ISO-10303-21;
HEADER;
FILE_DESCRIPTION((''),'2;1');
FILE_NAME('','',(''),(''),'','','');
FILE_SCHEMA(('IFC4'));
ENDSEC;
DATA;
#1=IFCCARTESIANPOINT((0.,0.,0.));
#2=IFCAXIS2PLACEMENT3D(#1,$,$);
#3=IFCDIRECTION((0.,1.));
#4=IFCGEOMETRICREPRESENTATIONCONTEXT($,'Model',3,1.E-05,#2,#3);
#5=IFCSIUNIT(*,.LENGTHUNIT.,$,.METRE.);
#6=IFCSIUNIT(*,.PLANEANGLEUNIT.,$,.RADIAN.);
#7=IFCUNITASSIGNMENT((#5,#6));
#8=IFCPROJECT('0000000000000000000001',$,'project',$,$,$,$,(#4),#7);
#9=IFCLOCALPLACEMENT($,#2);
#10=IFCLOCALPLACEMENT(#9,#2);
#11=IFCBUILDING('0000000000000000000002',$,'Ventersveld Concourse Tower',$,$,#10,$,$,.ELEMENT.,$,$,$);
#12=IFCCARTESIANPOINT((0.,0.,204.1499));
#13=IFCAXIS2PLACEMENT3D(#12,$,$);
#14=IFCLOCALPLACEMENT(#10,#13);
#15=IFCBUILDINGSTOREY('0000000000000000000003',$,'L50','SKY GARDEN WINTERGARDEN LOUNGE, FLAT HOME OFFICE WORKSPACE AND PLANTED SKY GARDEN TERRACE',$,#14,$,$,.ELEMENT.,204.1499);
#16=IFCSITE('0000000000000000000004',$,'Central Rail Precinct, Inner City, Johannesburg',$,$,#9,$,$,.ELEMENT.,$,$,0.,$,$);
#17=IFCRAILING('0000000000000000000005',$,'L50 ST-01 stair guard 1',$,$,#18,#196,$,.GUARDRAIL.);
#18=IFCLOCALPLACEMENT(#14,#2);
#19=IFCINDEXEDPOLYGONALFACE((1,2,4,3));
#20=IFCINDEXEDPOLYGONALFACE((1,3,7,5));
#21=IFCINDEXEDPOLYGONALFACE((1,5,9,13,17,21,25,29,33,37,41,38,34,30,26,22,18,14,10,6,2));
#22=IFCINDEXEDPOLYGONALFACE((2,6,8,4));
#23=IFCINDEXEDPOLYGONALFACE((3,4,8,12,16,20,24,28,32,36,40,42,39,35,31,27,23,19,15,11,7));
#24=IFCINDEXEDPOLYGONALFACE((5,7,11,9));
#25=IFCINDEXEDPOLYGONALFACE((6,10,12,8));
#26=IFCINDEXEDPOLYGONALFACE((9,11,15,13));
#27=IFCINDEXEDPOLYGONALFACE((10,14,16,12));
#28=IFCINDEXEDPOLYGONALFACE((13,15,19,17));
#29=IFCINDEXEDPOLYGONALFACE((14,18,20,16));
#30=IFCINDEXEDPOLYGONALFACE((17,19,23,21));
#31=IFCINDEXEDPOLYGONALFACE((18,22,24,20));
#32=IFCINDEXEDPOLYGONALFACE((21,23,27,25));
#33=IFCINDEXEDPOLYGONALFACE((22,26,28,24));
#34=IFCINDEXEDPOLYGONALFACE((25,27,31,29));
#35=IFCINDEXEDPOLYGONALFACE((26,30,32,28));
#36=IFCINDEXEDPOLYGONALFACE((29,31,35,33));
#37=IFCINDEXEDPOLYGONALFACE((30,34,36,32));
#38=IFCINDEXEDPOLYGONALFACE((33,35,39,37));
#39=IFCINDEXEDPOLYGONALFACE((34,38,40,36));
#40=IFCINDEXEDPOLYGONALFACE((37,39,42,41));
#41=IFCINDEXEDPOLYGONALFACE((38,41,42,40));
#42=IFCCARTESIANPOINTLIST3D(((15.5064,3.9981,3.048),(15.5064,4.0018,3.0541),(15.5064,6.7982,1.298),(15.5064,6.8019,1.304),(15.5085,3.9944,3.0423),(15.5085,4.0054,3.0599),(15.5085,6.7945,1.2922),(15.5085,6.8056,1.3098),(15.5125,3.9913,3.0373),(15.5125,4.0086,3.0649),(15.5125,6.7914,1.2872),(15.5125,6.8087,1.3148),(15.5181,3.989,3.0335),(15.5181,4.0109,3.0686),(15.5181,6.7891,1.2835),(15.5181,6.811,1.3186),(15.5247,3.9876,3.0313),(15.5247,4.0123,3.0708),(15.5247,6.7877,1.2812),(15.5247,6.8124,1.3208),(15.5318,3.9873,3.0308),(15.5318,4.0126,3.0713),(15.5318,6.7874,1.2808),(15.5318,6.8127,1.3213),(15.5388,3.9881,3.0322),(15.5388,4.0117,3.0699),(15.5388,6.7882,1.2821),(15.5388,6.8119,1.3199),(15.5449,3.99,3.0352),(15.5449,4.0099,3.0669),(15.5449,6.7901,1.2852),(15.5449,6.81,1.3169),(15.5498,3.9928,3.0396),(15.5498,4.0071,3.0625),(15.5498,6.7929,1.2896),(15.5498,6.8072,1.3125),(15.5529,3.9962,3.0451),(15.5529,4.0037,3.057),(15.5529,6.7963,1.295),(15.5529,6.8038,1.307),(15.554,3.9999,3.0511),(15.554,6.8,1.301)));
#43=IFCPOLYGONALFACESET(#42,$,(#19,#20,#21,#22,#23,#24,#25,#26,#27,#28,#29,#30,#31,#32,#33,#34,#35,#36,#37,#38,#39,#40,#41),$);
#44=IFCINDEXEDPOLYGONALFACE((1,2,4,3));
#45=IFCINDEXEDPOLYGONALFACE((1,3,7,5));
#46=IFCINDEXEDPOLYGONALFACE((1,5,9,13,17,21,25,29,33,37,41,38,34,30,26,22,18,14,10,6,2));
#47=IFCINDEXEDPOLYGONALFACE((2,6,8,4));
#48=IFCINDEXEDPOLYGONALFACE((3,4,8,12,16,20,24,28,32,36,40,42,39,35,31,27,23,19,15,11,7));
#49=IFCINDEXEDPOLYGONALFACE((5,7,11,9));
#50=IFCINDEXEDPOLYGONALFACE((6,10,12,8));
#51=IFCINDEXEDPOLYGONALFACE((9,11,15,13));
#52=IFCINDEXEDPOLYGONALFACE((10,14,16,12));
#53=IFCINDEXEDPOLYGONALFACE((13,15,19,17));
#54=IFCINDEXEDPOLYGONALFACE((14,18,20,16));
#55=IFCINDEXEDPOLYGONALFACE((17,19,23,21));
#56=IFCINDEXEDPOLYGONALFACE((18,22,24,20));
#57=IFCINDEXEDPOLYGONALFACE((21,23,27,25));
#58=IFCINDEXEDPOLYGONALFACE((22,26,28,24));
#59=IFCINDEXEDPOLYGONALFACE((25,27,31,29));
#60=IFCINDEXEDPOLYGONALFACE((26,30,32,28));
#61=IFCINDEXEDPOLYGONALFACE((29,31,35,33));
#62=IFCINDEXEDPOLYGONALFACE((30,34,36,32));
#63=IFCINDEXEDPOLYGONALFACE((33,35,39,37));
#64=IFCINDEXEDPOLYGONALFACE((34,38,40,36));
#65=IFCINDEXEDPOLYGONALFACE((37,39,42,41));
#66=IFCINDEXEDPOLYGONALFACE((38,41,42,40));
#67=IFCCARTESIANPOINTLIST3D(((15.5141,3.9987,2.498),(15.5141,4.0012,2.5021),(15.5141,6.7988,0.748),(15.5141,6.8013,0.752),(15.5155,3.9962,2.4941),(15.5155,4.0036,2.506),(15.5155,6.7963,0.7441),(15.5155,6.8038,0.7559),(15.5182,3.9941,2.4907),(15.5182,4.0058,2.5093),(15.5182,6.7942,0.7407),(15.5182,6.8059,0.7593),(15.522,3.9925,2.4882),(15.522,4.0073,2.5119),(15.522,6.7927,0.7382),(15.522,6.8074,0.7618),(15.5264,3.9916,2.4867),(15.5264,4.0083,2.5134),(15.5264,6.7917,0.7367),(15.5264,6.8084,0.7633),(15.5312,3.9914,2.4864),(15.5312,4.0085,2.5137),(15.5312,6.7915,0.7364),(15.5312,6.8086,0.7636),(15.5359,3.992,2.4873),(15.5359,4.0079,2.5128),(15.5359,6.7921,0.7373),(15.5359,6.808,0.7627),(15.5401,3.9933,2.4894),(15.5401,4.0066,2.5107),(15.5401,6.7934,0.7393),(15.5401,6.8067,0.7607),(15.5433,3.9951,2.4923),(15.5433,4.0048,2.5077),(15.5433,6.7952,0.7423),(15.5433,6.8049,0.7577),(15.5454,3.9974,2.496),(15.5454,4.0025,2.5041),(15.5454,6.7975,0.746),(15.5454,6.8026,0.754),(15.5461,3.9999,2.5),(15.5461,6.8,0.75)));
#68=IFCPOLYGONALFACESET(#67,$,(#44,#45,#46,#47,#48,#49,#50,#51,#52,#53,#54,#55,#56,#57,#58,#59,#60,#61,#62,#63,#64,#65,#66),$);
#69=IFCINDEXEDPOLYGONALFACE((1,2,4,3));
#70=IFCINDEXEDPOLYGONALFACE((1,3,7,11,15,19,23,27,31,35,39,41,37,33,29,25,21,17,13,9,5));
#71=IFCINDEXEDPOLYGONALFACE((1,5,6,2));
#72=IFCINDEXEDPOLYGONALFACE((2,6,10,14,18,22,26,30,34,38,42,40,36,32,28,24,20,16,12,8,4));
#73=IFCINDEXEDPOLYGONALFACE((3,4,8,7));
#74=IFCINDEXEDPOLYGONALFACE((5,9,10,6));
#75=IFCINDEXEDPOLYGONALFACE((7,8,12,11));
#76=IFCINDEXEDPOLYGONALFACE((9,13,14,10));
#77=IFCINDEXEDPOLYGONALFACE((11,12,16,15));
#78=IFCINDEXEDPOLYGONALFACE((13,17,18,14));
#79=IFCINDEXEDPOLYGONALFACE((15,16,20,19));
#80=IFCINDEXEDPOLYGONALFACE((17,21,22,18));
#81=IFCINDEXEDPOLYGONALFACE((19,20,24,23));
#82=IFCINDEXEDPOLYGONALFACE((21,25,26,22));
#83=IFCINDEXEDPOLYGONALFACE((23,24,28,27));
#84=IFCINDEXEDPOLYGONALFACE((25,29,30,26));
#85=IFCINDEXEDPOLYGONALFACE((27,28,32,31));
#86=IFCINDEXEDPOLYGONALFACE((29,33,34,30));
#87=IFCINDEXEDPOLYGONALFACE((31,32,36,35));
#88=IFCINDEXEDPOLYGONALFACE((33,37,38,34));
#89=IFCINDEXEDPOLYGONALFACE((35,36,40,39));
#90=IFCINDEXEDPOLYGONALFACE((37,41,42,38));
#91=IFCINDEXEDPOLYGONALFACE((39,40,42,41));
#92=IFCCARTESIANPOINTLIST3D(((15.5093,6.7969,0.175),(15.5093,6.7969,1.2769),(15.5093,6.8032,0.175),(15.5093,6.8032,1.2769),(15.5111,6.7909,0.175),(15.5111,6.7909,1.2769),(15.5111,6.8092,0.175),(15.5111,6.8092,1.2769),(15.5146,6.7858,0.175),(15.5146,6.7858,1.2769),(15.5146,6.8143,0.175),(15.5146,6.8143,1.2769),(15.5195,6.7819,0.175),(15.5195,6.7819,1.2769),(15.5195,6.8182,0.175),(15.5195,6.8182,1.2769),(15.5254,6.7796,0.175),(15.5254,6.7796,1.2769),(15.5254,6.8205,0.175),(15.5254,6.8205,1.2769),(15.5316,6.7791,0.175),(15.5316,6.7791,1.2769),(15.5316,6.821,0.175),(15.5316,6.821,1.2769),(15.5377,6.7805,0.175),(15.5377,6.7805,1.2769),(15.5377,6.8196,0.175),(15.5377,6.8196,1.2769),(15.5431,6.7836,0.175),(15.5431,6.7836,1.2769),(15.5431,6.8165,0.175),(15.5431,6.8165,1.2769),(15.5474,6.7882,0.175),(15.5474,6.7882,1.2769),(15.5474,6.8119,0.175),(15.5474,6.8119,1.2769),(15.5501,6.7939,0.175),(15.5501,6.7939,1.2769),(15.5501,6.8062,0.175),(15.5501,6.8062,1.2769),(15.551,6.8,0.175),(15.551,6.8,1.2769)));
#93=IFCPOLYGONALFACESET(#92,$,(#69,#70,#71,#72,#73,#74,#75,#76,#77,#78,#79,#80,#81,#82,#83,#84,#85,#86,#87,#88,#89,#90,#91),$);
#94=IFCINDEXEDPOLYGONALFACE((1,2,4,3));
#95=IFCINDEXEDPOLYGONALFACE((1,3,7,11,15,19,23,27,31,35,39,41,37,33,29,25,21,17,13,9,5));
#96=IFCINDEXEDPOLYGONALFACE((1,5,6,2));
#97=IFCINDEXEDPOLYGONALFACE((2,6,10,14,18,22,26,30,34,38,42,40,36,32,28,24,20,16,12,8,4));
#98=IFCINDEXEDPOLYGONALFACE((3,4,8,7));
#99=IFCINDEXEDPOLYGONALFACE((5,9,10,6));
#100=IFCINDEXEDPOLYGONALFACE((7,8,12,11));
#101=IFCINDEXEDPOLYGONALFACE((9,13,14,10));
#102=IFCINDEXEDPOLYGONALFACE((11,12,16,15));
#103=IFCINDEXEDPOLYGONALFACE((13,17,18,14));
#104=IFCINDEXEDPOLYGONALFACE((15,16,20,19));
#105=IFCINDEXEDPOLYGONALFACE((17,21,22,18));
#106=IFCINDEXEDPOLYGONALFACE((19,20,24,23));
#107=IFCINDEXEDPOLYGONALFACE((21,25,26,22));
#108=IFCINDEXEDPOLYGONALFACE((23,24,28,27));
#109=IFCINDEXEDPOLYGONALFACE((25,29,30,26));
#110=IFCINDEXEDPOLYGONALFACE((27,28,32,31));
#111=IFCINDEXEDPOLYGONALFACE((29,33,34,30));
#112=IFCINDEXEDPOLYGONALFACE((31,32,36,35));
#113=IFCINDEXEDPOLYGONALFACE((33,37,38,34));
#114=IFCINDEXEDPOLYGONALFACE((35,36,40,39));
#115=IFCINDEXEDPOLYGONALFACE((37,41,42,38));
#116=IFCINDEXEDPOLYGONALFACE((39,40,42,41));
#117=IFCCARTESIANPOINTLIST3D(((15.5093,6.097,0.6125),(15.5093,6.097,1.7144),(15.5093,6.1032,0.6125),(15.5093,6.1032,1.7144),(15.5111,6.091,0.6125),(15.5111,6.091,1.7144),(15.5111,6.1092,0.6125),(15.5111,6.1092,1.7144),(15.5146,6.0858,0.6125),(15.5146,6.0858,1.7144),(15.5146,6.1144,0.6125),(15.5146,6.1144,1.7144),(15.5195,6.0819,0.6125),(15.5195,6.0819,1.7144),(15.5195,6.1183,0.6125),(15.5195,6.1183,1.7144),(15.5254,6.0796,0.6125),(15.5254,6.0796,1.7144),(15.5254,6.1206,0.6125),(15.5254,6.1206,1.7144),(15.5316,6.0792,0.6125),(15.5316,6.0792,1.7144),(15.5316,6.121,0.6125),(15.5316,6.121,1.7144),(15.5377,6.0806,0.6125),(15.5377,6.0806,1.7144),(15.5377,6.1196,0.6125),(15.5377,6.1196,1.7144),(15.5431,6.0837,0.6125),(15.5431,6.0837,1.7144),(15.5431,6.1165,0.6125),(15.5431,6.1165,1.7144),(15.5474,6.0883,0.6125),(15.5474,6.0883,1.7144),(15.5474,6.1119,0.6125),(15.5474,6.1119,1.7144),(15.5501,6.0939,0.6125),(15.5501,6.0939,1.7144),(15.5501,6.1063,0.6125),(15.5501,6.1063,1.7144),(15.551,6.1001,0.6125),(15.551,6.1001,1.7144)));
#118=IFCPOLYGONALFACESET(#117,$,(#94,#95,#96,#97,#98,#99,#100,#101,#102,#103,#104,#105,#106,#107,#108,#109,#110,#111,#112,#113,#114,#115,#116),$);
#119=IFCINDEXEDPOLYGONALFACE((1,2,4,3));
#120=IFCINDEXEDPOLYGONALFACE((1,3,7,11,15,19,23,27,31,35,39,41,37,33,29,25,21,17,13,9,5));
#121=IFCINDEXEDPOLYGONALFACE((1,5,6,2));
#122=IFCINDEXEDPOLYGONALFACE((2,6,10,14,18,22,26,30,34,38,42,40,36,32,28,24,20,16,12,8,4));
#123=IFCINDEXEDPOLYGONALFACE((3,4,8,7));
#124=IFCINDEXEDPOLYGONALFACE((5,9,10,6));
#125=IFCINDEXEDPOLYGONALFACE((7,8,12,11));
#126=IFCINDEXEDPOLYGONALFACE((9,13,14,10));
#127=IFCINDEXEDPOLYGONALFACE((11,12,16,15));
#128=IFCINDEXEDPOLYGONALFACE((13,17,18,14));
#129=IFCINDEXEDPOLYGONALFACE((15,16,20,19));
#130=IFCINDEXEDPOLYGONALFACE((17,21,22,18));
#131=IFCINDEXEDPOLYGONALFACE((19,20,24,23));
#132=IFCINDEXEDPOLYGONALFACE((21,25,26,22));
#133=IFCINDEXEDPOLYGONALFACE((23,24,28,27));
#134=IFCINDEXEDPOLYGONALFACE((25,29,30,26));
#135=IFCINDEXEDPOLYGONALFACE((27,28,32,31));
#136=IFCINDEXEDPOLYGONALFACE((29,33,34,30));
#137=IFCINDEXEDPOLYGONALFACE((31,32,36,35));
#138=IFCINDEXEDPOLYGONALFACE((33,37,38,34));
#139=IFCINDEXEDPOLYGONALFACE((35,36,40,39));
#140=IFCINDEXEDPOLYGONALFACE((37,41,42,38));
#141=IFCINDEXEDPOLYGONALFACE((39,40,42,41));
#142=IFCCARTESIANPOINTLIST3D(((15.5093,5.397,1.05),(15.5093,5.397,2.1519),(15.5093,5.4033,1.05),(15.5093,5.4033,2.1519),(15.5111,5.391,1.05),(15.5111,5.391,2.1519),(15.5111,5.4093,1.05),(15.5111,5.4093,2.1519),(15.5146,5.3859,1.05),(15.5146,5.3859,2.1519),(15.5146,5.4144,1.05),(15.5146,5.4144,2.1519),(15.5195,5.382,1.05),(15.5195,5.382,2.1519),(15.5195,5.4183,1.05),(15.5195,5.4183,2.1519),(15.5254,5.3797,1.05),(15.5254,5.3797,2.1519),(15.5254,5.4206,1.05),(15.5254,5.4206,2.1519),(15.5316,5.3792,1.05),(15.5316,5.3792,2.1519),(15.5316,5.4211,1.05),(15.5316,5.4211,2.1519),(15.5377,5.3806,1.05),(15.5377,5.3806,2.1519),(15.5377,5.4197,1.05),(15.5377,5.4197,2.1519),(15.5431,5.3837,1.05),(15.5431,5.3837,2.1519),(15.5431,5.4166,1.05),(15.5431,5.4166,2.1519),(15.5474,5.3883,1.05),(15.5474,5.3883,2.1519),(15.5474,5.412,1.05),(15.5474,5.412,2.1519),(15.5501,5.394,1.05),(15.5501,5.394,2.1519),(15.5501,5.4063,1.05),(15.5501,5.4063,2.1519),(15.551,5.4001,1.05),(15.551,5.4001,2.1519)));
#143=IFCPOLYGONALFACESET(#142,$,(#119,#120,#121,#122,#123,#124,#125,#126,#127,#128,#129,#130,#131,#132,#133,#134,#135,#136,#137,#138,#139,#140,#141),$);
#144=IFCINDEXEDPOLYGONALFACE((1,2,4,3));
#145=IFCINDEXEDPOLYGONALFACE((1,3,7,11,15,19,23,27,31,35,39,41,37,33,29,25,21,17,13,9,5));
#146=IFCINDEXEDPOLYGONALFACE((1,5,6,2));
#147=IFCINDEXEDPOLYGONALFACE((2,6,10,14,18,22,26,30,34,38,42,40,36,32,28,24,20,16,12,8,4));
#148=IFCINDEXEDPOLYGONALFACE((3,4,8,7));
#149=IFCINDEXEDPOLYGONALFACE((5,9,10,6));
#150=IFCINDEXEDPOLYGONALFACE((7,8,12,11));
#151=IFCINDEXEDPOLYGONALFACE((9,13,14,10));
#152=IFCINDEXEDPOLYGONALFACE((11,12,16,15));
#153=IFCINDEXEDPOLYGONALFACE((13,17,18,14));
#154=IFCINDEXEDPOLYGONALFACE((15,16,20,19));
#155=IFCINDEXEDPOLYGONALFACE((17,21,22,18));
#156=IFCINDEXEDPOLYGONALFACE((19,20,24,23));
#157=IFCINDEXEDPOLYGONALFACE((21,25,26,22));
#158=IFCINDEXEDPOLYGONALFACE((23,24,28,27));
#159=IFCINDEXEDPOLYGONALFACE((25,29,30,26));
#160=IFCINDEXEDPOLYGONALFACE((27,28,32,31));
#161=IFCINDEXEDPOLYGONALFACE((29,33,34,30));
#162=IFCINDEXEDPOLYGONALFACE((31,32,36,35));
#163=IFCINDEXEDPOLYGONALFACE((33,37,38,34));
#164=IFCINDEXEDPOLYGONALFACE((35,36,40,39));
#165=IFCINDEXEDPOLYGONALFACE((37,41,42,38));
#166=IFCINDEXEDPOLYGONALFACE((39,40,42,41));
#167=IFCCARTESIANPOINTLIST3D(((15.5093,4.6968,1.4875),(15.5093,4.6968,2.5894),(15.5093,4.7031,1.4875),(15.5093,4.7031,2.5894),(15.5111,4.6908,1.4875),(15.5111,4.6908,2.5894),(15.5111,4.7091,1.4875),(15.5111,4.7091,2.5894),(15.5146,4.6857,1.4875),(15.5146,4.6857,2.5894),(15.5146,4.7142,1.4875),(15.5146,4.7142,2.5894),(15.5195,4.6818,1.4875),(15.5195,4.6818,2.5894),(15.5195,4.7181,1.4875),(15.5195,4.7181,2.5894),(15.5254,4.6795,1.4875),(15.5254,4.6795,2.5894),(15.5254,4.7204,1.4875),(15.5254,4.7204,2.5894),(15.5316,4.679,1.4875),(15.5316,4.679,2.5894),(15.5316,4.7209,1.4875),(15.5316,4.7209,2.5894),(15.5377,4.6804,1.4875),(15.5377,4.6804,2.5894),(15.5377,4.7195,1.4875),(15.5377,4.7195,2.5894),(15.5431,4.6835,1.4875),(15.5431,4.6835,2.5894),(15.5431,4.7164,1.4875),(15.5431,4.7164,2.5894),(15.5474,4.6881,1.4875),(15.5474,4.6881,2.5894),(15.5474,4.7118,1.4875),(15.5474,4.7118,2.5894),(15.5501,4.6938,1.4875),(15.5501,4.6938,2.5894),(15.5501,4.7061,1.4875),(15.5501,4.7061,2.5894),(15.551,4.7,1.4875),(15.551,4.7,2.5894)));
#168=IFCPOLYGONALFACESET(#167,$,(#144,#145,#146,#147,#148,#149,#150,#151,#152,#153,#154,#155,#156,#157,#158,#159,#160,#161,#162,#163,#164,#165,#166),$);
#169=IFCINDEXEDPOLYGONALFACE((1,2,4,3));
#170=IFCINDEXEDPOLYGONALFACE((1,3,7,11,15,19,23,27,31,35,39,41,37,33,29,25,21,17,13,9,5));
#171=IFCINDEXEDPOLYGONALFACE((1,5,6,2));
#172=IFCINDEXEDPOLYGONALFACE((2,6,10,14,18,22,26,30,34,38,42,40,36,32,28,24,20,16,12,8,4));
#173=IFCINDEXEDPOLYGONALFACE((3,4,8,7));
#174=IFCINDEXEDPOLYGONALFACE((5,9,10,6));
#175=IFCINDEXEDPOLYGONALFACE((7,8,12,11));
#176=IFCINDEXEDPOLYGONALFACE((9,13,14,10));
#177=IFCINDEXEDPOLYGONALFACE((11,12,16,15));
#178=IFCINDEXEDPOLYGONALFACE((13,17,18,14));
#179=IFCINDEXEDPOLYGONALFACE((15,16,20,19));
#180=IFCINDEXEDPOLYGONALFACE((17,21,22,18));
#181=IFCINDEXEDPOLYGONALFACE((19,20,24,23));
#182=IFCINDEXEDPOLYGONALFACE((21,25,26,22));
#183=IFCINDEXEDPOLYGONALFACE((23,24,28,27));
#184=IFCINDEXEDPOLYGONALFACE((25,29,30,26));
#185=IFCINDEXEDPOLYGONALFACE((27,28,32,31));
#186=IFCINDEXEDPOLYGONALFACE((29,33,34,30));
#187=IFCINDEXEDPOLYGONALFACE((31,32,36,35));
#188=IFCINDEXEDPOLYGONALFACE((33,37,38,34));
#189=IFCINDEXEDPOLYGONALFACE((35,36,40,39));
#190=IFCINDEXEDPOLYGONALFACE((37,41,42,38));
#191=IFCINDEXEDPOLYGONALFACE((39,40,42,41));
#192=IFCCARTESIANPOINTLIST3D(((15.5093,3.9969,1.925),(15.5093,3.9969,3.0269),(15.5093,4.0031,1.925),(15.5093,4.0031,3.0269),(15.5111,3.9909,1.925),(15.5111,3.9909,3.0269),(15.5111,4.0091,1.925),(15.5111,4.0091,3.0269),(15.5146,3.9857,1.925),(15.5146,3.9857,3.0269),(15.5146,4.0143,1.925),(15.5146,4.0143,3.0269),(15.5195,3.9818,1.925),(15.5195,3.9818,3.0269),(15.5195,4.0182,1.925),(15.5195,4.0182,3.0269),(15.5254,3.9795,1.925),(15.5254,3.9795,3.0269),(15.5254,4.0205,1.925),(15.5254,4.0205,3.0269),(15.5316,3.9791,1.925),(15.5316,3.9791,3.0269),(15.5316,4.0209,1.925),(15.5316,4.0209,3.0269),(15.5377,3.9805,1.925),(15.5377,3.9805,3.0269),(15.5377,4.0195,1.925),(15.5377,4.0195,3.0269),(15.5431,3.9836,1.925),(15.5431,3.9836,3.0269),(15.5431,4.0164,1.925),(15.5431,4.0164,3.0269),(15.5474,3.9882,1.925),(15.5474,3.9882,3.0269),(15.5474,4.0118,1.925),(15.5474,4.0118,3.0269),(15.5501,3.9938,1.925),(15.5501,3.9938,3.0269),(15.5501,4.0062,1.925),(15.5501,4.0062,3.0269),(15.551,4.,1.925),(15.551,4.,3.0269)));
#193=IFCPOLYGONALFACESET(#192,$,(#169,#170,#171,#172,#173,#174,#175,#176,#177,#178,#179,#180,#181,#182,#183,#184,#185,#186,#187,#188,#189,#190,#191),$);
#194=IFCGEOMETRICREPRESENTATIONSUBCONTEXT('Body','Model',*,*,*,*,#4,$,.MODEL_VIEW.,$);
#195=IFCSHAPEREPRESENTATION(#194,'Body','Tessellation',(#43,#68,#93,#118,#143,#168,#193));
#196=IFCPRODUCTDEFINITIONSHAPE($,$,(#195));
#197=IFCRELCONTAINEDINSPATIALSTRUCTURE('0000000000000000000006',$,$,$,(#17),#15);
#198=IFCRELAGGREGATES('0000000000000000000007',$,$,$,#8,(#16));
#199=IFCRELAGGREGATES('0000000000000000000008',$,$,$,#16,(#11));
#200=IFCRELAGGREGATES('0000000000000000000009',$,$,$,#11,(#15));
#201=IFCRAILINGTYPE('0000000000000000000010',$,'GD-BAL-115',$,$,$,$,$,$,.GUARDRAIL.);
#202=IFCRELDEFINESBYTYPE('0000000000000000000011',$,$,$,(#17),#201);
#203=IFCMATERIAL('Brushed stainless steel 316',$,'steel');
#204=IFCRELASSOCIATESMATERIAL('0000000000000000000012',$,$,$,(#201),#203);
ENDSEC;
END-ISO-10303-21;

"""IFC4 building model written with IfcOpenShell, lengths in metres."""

from ifc_helpers import new_model, si_unit, direction, frame, origin, origin_2d, place, context, subcontext, project, spatial, circle, extrude, material, type_object, element, save


model = new_model("IFC4")

# Units and contexts
model_context = context("Model", 3, precision=1e-05, world=origin(), true_north=direction((0.0, 1.0)))
body_context = subcontext(model_context, "Body", "Model", "MODEL_VIEW")
ifc_project = project(units=[si_unit("LENGTHUNIT", "METRE"), si_unit("PLANEANGLEUNIT", "RADIAN")], contexts=[model_context])

# Site, building, storey
site_placement = place(None, origin())
site = spatial("IfcSite", under=ifc_project, at=site_placement, Name="Central Rail Precinct, Inner City, Johannesburg", CompositionType="ELEMENT", RefElevation=0.0)
building_placement = place(site_placement, origin())
building = spatial("IfcBuilding", under=site, at=building_placement, Name="Ventersveld Concourse Tower", CompositionType="ELEMENT")
storey_placement = place(building_placement, frame((0.0, 0.0, 204.1499)))
storey = spatial("IfcBuildingStorey", under=building, at=storey_placement, Name="L50", Description="SKY GARDEN WINTERGARDEN LOUNGE, FLAT HOME OFFICE WORKSPACE AND PLANTED SKY GARDEN TERRACE", CompositionType="ELEMENT", Elevation=204.1499)

# Railing
ifc_material_1 = material(Name="Brushed stainless steel 316", Category="steel")
railing_type_1 = type_object("IfcRailingType", Name="GD-BAL-115", PredefinedType="GUARDRAIL", material=ifc_material_1)
railing_1_placement = place(storey_placement, frame((15.53, 6.8, 0.175)))
element("IfcRailing", 1, at=railing_1_placement, inside=storey, type_object=railing_type_1, Name="L50 ST-01 stair guard 1", PredefinedType="GUARDRAIL", context=body_context, shape_type="SweptSolid", body=[
    extrude(circle(Radius=0.0239, at=origin_2d()), frame((0.0, 0.0, 1.126), z_axis=(0.0, -0.848002, 0.529992), x_axis=(1.0, 0.0, 0.0)), (0.0, 0.0, 1.0), 3.302),
    extrude(circle(Radius=0.0161, at=origin_2d()), frame((0.0, 0.0, 0.575), z_axis=(0.0, -0.848002, 0.529992), x_axis=(1.0, 0.0, 0.0)), (0.0, 0.0, 1.0), 3.302),
    extrude(circle(Radius=0.021, at=origin_2d()), origin(), (0.0, 0.0, 1.0), 1.1018),
    extrude(circle(Radius=0.021, at=origin_2d()), frame((0.0, -0.7, 0.4375)), (0.0, 0.0, 1.0), 1.1018),
    extrude(circle(Radius=0.021, at=origin_2d()), frame((0.0, -1.3999, 0.875)), (0.0, 0.0, 1.0), 1.1018),
    extrude(circle(Radius=0.021, at=origin_2d()), frame((0.0, -2.1001, 1.3125)), (0.0, 0.0, 1.0), 1.1018),
    extrude(circle(Radius=0.021, at=origin_2d()), frame((0.0, -2.8, 1.75)), (0.0, 0.0, 1.0), 1.1018),
])

save(model, "model.ifc")
